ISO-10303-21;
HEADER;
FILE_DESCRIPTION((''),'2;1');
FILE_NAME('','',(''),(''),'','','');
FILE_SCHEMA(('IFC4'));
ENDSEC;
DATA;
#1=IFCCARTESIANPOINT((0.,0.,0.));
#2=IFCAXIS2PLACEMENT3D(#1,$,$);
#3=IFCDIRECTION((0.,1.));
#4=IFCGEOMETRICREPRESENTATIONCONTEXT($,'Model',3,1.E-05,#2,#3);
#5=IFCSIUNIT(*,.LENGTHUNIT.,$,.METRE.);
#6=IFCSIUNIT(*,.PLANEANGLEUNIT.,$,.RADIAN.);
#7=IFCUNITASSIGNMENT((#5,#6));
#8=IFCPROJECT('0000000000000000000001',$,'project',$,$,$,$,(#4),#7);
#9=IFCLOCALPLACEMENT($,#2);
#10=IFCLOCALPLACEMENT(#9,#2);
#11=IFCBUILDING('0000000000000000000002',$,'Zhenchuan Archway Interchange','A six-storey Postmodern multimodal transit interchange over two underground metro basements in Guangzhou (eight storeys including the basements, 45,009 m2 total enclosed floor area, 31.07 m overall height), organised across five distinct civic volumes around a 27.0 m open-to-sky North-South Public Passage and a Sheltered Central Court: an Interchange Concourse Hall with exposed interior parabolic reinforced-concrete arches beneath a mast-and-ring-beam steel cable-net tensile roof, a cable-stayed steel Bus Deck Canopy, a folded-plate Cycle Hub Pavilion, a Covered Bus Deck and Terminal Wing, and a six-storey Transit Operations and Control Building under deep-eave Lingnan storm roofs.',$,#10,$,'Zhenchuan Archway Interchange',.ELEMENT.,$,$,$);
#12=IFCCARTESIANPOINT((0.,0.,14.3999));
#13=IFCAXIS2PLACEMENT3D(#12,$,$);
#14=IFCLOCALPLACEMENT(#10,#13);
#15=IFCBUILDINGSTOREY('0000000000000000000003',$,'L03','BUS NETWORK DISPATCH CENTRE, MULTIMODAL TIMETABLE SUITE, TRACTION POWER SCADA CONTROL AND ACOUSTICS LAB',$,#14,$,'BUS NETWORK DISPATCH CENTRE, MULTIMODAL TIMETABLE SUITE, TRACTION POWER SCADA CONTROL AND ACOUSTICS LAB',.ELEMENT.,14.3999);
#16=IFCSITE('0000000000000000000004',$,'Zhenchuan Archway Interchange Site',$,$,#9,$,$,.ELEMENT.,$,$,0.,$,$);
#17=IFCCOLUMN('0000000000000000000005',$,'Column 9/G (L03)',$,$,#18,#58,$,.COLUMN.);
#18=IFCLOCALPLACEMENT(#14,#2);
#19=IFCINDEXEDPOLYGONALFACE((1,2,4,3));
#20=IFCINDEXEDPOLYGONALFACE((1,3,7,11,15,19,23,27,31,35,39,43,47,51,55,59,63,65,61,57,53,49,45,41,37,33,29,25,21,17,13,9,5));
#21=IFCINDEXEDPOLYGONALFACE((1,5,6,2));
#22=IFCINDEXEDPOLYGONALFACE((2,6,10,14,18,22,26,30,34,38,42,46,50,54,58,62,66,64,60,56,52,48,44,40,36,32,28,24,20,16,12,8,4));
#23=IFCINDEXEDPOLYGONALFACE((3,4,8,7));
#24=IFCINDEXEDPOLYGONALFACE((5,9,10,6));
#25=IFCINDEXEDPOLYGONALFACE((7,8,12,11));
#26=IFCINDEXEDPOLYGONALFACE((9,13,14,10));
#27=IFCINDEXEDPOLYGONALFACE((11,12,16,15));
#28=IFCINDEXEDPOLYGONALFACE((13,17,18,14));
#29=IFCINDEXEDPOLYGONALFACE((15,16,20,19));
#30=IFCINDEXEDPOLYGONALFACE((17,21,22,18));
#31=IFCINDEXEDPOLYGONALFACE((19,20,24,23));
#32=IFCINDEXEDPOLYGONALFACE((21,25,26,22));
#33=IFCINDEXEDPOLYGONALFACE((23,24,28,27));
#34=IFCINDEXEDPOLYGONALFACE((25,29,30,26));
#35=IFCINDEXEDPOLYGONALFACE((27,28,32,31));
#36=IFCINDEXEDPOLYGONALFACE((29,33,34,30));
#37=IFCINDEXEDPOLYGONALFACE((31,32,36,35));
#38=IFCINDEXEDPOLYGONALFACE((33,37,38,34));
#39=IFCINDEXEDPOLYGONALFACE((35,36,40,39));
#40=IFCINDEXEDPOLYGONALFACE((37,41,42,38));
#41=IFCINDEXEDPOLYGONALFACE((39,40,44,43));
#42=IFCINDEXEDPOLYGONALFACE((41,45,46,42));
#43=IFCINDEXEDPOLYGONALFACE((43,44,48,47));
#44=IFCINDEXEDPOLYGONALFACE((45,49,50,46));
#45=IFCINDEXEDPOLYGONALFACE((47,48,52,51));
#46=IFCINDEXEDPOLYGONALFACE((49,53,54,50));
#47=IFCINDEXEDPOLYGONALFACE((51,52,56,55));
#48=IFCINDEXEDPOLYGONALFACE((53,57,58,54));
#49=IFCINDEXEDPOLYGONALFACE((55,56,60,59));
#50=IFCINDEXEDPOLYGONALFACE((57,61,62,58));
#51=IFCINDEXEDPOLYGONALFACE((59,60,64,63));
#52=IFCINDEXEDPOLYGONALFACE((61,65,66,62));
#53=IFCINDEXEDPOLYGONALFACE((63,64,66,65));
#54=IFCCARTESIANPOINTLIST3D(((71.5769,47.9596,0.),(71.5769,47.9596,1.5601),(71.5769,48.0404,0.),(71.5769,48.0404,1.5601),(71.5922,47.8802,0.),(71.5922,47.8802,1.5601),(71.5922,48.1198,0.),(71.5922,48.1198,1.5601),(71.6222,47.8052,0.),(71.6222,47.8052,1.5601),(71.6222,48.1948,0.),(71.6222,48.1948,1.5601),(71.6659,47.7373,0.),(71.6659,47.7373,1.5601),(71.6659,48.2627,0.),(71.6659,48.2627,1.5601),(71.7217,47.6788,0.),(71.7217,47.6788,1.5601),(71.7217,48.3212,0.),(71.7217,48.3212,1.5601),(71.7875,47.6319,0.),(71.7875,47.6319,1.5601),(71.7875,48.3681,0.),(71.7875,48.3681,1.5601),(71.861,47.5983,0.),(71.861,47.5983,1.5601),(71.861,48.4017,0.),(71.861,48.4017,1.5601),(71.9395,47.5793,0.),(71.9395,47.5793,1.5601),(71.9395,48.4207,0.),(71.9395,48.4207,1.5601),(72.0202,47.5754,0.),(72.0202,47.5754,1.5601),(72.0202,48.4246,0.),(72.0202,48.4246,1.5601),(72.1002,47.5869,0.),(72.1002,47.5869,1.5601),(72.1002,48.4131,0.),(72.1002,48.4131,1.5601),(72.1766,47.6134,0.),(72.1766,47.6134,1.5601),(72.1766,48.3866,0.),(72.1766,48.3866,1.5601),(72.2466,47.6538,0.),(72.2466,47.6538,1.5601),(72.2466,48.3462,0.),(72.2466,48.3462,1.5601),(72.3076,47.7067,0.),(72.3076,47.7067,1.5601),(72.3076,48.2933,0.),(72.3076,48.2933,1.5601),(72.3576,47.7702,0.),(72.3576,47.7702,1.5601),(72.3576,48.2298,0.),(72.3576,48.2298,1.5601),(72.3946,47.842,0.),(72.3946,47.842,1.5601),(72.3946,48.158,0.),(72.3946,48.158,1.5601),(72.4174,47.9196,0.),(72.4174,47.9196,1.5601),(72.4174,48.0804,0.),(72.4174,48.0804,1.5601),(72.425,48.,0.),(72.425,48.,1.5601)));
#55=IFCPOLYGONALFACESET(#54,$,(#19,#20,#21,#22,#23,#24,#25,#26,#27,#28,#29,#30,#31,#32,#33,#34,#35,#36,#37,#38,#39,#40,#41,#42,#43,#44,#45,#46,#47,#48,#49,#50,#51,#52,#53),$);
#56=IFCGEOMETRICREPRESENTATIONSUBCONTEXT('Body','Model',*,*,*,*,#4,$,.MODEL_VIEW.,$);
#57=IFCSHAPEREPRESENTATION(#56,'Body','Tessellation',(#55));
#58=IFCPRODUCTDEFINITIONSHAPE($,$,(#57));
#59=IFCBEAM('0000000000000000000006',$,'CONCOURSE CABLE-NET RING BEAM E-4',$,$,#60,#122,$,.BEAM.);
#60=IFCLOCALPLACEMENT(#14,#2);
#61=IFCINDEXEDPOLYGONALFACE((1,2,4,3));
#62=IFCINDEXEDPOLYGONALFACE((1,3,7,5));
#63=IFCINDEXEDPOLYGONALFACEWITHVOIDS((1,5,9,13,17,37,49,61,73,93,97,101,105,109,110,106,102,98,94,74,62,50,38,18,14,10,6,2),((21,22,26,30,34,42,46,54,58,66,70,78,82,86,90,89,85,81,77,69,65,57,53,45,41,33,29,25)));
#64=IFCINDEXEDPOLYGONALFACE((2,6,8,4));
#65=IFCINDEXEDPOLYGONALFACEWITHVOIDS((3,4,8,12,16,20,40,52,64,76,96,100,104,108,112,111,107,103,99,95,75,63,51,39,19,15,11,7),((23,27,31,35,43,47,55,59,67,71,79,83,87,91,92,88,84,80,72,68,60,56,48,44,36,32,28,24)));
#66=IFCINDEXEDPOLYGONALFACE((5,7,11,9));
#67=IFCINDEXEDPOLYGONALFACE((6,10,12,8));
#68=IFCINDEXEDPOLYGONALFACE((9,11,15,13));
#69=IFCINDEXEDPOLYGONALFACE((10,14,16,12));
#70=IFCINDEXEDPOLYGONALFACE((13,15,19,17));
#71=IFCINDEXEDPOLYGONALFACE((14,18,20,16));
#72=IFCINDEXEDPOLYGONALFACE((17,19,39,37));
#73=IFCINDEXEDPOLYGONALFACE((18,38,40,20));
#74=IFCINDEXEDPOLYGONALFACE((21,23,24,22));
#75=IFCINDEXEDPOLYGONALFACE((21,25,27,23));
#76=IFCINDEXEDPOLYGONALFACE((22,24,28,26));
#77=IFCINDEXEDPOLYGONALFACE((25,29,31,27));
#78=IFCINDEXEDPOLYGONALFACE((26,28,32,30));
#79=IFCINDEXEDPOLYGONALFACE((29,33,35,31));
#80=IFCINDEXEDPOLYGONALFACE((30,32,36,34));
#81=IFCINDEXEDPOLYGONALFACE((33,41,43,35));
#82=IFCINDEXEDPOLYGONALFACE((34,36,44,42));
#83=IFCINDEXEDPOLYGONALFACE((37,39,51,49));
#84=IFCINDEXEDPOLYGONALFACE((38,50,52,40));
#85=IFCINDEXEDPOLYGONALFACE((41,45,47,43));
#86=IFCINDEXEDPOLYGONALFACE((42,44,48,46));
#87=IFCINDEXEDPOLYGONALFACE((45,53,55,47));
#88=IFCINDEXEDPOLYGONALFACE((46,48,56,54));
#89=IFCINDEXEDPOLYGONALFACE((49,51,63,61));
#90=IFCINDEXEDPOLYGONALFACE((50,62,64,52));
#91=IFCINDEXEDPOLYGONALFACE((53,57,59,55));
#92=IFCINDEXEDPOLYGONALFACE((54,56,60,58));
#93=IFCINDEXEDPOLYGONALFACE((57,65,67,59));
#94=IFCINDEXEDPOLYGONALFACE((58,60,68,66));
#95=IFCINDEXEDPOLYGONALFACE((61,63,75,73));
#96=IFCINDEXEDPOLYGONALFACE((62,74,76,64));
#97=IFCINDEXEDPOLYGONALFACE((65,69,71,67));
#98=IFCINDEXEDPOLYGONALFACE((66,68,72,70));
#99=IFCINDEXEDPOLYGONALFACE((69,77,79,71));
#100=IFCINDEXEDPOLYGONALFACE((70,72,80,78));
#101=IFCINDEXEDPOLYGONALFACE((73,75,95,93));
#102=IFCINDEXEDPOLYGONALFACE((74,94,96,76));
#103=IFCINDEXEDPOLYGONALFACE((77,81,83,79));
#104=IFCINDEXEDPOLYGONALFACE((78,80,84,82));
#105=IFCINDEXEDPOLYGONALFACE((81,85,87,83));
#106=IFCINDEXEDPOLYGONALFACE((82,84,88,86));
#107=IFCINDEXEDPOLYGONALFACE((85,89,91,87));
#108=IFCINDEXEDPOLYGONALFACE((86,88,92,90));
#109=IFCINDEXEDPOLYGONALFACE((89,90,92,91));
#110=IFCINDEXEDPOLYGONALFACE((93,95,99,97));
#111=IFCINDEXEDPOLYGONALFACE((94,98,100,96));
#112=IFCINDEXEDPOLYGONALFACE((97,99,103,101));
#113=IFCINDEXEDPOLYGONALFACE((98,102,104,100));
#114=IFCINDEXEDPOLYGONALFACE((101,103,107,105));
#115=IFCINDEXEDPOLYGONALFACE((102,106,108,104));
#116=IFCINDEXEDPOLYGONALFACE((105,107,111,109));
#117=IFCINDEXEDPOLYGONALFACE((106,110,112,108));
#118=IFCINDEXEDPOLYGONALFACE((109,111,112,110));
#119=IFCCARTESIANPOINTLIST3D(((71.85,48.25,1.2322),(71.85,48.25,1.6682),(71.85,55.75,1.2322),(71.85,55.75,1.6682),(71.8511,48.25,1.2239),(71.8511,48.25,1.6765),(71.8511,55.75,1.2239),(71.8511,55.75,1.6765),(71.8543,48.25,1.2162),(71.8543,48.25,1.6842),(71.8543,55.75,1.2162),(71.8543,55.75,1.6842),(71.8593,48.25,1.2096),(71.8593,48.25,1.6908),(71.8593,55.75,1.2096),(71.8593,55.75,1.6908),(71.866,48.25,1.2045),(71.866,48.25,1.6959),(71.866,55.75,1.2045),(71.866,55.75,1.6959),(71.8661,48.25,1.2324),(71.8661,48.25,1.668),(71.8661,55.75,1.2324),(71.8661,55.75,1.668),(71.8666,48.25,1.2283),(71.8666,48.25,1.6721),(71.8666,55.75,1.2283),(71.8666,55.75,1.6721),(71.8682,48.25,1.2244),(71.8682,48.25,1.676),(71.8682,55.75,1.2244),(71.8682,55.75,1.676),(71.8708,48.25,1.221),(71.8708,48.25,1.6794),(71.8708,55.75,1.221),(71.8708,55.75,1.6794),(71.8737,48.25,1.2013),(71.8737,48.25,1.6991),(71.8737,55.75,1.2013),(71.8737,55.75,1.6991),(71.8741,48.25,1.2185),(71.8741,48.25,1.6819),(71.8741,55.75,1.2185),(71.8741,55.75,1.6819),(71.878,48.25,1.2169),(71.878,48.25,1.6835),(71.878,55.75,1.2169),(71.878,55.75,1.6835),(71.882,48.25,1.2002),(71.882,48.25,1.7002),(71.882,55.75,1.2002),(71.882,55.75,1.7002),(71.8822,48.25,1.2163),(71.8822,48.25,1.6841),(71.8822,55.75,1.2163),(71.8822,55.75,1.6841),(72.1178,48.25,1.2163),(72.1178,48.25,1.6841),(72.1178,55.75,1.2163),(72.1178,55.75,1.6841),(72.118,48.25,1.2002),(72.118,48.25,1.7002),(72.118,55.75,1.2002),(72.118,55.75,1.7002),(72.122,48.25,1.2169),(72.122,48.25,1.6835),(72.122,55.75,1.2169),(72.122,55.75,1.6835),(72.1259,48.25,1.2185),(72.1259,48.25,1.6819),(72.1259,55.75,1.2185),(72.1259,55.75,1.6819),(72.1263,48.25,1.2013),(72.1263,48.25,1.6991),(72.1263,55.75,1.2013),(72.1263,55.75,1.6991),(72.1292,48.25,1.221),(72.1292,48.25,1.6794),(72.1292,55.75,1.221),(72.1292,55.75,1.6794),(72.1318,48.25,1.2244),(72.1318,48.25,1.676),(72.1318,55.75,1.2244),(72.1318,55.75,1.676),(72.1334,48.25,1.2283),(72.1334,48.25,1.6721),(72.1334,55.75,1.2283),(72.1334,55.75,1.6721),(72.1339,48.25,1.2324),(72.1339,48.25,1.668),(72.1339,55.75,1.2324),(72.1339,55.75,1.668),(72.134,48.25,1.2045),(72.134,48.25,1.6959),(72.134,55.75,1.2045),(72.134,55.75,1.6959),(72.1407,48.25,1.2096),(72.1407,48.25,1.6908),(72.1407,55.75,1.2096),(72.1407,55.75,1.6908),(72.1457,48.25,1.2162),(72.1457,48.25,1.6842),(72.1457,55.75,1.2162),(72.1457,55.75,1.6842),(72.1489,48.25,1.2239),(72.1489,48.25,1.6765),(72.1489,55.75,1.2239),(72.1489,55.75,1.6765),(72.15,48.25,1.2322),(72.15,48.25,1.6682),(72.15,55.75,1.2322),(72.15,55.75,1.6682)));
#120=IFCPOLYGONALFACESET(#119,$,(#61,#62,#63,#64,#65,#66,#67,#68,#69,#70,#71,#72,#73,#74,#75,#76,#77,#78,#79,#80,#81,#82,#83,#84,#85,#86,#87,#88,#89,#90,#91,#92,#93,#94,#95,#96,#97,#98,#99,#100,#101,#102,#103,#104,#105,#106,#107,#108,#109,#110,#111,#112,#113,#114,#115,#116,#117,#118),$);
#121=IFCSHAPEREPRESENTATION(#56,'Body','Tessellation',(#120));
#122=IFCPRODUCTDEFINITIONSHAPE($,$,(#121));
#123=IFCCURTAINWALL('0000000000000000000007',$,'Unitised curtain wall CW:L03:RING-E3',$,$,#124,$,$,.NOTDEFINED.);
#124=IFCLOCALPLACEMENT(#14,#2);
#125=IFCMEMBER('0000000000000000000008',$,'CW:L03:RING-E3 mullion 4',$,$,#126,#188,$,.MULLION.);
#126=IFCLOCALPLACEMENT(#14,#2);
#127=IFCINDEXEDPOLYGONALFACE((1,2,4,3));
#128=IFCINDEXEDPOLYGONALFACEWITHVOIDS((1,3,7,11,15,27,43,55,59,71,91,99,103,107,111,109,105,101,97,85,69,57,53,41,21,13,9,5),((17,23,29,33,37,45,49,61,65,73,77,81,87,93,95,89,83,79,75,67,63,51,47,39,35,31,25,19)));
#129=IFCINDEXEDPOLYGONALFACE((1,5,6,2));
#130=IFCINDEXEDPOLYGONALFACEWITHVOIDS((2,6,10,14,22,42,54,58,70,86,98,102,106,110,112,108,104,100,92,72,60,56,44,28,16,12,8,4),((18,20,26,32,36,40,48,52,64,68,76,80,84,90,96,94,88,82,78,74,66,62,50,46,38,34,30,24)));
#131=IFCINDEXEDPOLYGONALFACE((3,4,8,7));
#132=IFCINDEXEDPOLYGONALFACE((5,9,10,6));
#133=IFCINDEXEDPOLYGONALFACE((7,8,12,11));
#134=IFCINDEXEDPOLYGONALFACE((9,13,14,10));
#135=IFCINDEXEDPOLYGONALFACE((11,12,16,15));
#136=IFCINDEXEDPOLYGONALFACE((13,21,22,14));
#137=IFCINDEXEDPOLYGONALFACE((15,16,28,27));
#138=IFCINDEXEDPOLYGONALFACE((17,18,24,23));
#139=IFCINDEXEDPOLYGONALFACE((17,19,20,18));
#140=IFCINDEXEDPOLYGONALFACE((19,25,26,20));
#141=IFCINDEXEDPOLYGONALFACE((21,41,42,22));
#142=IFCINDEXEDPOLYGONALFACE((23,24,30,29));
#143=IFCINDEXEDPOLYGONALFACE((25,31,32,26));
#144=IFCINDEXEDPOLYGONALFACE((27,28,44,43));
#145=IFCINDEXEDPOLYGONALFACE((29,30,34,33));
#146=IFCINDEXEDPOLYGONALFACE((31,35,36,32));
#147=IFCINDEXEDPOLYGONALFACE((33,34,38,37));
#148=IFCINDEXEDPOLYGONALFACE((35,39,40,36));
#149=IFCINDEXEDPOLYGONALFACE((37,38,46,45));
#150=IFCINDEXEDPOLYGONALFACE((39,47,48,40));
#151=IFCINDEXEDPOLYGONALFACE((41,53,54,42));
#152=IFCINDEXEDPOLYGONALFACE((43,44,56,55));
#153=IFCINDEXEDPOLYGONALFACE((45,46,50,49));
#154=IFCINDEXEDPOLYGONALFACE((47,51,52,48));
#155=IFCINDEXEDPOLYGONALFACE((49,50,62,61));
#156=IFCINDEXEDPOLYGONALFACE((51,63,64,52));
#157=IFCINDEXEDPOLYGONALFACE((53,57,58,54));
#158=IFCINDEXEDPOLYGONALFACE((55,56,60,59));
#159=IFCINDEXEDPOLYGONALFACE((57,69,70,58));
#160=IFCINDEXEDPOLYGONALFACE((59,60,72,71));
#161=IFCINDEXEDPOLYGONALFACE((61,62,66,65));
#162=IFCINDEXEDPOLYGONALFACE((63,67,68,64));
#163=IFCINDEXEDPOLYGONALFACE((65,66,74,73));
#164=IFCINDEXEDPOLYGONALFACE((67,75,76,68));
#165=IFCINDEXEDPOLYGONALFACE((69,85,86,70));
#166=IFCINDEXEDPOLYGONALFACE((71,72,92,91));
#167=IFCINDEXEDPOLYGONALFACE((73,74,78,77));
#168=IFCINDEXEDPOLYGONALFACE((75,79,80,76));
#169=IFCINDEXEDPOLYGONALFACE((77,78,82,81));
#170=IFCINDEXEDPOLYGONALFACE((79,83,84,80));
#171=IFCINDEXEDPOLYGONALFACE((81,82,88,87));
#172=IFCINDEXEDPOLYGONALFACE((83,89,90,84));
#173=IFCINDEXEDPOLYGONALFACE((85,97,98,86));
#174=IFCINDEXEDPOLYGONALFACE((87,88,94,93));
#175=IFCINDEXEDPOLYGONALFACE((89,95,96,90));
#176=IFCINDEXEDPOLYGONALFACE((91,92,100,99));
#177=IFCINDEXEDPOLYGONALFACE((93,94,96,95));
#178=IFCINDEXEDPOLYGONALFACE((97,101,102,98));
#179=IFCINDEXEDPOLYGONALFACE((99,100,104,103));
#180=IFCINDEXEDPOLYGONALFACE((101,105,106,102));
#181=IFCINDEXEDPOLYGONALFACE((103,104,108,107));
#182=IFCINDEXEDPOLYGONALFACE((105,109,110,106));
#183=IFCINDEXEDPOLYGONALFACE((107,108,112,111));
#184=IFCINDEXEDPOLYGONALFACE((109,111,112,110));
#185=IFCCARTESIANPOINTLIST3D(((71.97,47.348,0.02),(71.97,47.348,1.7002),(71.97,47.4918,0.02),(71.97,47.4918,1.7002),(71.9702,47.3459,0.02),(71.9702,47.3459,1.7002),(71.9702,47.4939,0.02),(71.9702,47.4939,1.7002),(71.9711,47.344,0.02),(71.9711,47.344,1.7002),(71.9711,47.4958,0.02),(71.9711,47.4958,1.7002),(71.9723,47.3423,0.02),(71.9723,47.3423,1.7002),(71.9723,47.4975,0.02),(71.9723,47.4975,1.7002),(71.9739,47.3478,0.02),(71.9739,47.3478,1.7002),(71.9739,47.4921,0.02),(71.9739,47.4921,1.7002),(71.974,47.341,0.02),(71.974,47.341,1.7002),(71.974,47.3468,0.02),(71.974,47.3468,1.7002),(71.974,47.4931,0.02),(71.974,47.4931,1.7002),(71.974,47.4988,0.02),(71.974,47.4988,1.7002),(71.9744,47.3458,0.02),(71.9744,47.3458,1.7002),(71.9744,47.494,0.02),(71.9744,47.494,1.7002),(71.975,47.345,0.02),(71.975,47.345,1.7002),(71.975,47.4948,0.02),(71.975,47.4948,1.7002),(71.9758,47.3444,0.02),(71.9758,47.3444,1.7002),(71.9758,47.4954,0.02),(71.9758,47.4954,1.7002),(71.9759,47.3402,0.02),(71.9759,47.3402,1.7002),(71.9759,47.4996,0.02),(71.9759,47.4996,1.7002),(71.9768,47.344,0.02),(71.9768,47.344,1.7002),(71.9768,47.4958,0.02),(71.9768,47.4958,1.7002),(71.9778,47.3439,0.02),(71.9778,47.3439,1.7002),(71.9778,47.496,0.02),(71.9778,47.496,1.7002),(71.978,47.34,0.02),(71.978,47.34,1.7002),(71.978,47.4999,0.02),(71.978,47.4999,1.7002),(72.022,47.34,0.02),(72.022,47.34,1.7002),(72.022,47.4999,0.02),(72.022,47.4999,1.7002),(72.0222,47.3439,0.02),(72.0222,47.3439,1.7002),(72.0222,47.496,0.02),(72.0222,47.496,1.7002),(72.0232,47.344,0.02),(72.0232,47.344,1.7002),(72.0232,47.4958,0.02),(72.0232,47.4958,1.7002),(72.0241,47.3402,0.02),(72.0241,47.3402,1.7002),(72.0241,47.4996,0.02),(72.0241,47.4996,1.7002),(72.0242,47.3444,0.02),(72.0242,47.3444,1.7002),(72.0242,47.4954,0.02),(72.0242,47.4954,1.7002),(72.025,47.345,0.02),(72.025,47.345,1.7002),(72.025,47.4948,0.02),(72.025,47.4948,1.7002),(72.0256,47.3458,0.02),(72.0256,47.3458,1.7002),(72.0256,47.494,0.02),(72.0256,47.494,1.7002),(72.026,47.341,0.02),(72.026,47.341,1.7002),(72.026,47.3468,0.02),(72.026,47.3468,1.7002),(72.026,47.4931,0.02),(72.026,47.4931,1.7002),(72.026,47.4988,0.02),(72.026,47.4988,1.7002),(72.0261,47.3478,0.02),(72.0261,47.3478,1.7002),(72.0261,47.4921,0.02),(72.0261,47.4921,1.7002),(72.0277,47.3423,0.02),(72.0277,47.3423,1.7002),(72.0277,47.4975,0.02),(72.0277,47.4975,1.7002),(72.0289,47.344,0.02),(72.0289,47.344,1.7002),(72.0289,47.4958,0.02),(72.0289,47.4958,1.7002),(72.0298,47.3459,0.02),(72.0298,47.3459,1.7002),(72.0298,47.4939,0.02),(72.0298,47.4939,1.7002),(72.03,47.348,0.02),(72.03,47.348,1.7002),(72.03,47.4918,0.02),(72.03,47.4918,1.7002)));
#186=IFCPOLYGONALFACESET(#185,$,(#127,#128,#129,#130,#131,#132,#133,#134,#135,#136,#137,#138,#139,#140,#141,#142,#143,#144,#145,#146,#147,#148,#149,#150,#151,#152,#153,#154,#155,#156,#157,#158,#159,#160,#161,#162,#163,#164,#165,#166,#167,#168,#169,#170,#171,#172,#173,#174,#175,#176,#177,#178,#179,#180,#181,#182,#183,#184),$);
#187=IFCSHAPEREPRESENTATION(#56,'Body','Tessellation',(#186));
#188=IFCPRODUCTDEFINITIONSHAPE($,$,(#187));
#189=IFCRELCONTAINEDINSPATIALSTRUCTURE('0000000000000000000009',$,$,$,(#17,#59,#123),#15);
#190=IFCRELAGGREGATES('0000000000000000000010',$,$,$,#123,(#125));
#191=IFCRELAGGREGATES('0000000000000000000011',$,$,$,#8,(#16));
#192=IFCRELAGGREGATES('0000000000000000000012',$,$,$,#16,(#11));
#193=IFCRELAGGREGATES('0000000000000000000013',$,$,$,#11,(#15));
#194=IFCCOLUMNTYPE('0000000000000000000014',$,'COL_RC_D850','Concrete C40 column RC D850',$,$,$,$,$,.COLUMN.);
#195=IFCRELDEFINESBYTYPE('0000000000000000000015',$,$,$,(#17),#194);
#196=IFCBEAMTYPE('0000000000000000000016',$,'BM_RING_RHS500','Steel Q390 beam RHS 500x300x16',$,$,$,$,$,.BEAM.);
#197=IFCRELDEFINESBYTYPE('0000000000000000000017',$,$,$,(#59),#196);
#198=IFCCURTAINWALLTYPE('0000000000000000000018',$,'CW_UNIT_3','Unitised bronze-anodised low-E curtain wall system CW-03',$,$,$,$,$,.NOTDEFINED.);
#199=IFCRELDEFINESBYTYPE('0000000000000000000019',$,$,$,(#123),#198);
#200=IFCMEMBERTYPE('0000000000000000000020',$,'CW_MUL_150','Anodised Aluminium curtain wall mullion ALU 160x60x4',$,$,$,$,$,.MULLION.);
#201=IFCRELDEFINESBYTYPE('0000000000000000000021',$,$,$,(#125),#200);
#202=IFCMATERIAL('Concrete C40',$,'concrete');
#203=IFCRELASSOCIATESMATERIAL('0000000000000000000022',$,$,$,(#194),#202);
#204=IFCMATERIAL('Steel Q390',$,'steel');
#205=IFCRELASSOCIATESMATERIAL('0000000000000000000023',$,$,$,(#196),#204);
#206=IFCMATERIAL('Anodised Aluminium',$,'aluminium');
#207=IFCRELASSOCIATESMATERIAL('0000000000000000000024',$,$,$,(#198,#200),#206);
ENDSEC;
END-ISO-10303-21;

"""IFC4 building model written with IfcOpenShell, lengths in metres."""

from ifc_helpers import new_model, si_unit, direction, frame, origin, origin_2d, place, context, subcontext, project, spatial, hollow_rectangle, circle, extrude, material, material_profile, profile_set, type_object, element, aggregate, save


model = new_model("IFC4")

# Units and contexts
model_context = context("Model", 3, precision=1e-05, world=origin(), true_north=direction((0.0, 1.0)))
body_context = subcontext(model_context, "Body", "Model", "MODEL_VIEW")
ifc_project = project(units=[si_unit("LENGTHUNIT", "METRE"), si_unit("PLANEANGLEUNIT", "RADIAN")], contexts=[model_context])

# Site, building, storey
site_placement = place(None, origin())
site = spatial("IfcSite", under=ifc_project, at=site_placement, Name="Zhenchuan Archway Interchange Site", CompositionType="ELEMENT", RefElevation=0.0)
building_placement = place(site_placement, origin())
building = spatial("IfcBuilding", under=site, at=building_placement, Name="Zhenchuan Archway Interchange", Description="A six-storey Postmodern multimodal transit interchange over two underground metro basements in Guangzhou (eight storeys including the basements, 45,009 m2 total enclosed floor area, 31.07 m overall height), organised across five distinct civic volumes around a 27.0 m open-to-sky North-South Public Passage and a Sheltered Central Court: an Interchange Concourse Hall with exposed interior parabolic reinforced-concrete arches beneath a mast-and-ring-beam steel cable-net tensile roof, a cable-stayed steel Bus Deck Canopy, a folded-plate Cycle Hub Pavilion, a Covered Bus Deck and Terminal Wing, and a six-storey Transit Operations and Control Building under deep-eave Lingnan storm roofs.", LongName="Zhenchuan Archway Interchange", CompositionType="ELEMENT")
storey_placement = place(building_placement, frame((0.0, 0.0, 14.3999)))
storey = spatial("IfcBuildingStorey", under=building, at=storey_placement, Name="L03", Description="BUS NETWORK DISPATCH CENTRE, MULTIMODAL TIMETABLE SUITE, TRACTION POWER SCADA CONTROL AND ACOUSTICS LAB", LongName="BUS NETWORK DISPATCH CENTRE, MULTIMODAL TIMETABLE SUITE, TRACTION POWER SCADA CONTROL AND ACOUSTICS LAB", CompositionType="ELEMENT", Elevation=14.3999)

# Column
ifc_material_1 = material(Name="Concrete C40", Category="concrete")
ifc_material_profile_1 = material_profile(ifc_material_1, circle(Radius=0.425, at=origin_2d()), Name="RC D850")
ifc_profile_set_1 = profile_set([ifc_material_profile_1], Name="Concrete C40")
column_type = type_object("IfcColumnType", Name="COL_RC_D850", Description="Concrete C40 column RC D850", PredefinedType="COLUMN", material=ifc_profile_set_1)
column_placement = place(storey_placement, frame((72.0, 48.0, 0.0), z_axis=(0.0, 0.0, 1.0), x_axis=(1.0, 0.0, 0.0)))
element("IfcColumn", 1, at=column_placement, inside=storey, type_object=column_type, Name="Column 9/G (L03)", PredefinedType="COLUMN", context=body_context, shape_type="SweptSolid", body=[
    extrude(circle(Radius=0.425, at=origin_2d()), origin(), (0.0, 0.0, 1.0), 1.5601),
])

# Beam
ifc_material_2 = material(Name="Steel Q390", Category="steel")
ifc_material_profile_2 = material_profile(ifc_material_2, hollow_rectangle(XDim=0.3, YDim=0.5, WallThickness=0.0161, InnerFilletRadius=0.0161, OuterFilletRadius=0.032, at=origin_2d()), Name="RHS 500x300x16")
ifc_profile_set_2 = profile_set([ifc_material_profile_2], Name="Steel Q390")
beam_type = type_object("IfcBeamType", Name="BM_RING_RHS500", Description="Steel Q390 beam RHS 500x300x16", PredefinedType="BEAM", material=ifc_profile_set_2)
beam_placement = place(storey_placement, frame((72.0, 48.25, 1.4502), z_axis=(0.0, 1.0, 0.0), x_axis=(-1.0, 0.0, 0.0)))
element("IfcBeam", 2, at=beam_placement, inside=storey, type_object=beam_type, Name="CONCOURSE CABLE-NET RING BEAM E-4", PredefinedType="BEAM", context=body_context, shape_type="SweptSolid", body=[
    extrude(hollow_rectangle(XDim=0.3, YDim=0.5, WallThickness=0.0161, InnerFilletRadius=0.0161, OuterFilletRadius=0.032, at=origin_2d()), origin(), (0.0, 0.0, 1.0), 7.5),
])

# Curtain wall, member
ifc_material_3 = material(Name="Anodised Aluminium", Category="aluminium")
curtain_wall_type = type_object("IfcCurtainWallType", Name="CW_UNIT_3", Description="Unitised bronze-anodised low-E curtain wall system CW-03", PredefinedType="NOTDEFINED", material=ifc_material_3)
curtain_wall_1_placement = place(storey_placement, origin())
curtain_wall_1 = element("IfcCurtainWall", 3, at=curtain_wall_1_placement, inside=storey, type_object=curtain_wall_type, Name="Unitised curtain wall CW:L03:RING-E3", PredefinedType="NOTDEFINED")
ifc_material_profile_3 = material_profile(ifc_material_3, hollow_rectangle(XDim=0.0601, YDim=0.1599, WallThickness=0.0039, InnerFilletRadius=0.0039, OuterFilletRadius=0.0081, at=origin_2d()), Name="ALU 160x60x4")
ifc_profile_set_3 = profile_set([ifc_material_profile_3], Name="Anodised Aluminium")
member_type_1 = type_object("IfcMemberType", Name="CW_MUL_150", Description="Anodised Aluminium curtain wall mullion ALU 160x60x4", PredefinedType="MULLION", material=ifc_profile_set_3)
member_1_placement = place(storey_placement, frame((72.0, 47.4199, 0.02), z_axis=(0.0, 0.0, 1.0), x_axis=(1.0, 0.0, 0.0)))
member_1 = element("IfcMember", 4, at=member_1_placement, type_object=member_type_1, Name="CW:L03:RING-E3 mullion 4", PredefinedType="MULLION", context=body_context, shape_type="SweptSolid", body=[
    extrude(hollow_rectangle(XDim=0.0601, YDim=0.1599, WallThickness=0.0039, InnerFilletRadius=0.0039, OuterFilletRadius=0.0081, at=origin_2d()), origin(), (0.0, 0.0, 1.0), 1.6802),
])

aggregate(curtain_wall_1, [member_1])

save(model, "model.ifc")
